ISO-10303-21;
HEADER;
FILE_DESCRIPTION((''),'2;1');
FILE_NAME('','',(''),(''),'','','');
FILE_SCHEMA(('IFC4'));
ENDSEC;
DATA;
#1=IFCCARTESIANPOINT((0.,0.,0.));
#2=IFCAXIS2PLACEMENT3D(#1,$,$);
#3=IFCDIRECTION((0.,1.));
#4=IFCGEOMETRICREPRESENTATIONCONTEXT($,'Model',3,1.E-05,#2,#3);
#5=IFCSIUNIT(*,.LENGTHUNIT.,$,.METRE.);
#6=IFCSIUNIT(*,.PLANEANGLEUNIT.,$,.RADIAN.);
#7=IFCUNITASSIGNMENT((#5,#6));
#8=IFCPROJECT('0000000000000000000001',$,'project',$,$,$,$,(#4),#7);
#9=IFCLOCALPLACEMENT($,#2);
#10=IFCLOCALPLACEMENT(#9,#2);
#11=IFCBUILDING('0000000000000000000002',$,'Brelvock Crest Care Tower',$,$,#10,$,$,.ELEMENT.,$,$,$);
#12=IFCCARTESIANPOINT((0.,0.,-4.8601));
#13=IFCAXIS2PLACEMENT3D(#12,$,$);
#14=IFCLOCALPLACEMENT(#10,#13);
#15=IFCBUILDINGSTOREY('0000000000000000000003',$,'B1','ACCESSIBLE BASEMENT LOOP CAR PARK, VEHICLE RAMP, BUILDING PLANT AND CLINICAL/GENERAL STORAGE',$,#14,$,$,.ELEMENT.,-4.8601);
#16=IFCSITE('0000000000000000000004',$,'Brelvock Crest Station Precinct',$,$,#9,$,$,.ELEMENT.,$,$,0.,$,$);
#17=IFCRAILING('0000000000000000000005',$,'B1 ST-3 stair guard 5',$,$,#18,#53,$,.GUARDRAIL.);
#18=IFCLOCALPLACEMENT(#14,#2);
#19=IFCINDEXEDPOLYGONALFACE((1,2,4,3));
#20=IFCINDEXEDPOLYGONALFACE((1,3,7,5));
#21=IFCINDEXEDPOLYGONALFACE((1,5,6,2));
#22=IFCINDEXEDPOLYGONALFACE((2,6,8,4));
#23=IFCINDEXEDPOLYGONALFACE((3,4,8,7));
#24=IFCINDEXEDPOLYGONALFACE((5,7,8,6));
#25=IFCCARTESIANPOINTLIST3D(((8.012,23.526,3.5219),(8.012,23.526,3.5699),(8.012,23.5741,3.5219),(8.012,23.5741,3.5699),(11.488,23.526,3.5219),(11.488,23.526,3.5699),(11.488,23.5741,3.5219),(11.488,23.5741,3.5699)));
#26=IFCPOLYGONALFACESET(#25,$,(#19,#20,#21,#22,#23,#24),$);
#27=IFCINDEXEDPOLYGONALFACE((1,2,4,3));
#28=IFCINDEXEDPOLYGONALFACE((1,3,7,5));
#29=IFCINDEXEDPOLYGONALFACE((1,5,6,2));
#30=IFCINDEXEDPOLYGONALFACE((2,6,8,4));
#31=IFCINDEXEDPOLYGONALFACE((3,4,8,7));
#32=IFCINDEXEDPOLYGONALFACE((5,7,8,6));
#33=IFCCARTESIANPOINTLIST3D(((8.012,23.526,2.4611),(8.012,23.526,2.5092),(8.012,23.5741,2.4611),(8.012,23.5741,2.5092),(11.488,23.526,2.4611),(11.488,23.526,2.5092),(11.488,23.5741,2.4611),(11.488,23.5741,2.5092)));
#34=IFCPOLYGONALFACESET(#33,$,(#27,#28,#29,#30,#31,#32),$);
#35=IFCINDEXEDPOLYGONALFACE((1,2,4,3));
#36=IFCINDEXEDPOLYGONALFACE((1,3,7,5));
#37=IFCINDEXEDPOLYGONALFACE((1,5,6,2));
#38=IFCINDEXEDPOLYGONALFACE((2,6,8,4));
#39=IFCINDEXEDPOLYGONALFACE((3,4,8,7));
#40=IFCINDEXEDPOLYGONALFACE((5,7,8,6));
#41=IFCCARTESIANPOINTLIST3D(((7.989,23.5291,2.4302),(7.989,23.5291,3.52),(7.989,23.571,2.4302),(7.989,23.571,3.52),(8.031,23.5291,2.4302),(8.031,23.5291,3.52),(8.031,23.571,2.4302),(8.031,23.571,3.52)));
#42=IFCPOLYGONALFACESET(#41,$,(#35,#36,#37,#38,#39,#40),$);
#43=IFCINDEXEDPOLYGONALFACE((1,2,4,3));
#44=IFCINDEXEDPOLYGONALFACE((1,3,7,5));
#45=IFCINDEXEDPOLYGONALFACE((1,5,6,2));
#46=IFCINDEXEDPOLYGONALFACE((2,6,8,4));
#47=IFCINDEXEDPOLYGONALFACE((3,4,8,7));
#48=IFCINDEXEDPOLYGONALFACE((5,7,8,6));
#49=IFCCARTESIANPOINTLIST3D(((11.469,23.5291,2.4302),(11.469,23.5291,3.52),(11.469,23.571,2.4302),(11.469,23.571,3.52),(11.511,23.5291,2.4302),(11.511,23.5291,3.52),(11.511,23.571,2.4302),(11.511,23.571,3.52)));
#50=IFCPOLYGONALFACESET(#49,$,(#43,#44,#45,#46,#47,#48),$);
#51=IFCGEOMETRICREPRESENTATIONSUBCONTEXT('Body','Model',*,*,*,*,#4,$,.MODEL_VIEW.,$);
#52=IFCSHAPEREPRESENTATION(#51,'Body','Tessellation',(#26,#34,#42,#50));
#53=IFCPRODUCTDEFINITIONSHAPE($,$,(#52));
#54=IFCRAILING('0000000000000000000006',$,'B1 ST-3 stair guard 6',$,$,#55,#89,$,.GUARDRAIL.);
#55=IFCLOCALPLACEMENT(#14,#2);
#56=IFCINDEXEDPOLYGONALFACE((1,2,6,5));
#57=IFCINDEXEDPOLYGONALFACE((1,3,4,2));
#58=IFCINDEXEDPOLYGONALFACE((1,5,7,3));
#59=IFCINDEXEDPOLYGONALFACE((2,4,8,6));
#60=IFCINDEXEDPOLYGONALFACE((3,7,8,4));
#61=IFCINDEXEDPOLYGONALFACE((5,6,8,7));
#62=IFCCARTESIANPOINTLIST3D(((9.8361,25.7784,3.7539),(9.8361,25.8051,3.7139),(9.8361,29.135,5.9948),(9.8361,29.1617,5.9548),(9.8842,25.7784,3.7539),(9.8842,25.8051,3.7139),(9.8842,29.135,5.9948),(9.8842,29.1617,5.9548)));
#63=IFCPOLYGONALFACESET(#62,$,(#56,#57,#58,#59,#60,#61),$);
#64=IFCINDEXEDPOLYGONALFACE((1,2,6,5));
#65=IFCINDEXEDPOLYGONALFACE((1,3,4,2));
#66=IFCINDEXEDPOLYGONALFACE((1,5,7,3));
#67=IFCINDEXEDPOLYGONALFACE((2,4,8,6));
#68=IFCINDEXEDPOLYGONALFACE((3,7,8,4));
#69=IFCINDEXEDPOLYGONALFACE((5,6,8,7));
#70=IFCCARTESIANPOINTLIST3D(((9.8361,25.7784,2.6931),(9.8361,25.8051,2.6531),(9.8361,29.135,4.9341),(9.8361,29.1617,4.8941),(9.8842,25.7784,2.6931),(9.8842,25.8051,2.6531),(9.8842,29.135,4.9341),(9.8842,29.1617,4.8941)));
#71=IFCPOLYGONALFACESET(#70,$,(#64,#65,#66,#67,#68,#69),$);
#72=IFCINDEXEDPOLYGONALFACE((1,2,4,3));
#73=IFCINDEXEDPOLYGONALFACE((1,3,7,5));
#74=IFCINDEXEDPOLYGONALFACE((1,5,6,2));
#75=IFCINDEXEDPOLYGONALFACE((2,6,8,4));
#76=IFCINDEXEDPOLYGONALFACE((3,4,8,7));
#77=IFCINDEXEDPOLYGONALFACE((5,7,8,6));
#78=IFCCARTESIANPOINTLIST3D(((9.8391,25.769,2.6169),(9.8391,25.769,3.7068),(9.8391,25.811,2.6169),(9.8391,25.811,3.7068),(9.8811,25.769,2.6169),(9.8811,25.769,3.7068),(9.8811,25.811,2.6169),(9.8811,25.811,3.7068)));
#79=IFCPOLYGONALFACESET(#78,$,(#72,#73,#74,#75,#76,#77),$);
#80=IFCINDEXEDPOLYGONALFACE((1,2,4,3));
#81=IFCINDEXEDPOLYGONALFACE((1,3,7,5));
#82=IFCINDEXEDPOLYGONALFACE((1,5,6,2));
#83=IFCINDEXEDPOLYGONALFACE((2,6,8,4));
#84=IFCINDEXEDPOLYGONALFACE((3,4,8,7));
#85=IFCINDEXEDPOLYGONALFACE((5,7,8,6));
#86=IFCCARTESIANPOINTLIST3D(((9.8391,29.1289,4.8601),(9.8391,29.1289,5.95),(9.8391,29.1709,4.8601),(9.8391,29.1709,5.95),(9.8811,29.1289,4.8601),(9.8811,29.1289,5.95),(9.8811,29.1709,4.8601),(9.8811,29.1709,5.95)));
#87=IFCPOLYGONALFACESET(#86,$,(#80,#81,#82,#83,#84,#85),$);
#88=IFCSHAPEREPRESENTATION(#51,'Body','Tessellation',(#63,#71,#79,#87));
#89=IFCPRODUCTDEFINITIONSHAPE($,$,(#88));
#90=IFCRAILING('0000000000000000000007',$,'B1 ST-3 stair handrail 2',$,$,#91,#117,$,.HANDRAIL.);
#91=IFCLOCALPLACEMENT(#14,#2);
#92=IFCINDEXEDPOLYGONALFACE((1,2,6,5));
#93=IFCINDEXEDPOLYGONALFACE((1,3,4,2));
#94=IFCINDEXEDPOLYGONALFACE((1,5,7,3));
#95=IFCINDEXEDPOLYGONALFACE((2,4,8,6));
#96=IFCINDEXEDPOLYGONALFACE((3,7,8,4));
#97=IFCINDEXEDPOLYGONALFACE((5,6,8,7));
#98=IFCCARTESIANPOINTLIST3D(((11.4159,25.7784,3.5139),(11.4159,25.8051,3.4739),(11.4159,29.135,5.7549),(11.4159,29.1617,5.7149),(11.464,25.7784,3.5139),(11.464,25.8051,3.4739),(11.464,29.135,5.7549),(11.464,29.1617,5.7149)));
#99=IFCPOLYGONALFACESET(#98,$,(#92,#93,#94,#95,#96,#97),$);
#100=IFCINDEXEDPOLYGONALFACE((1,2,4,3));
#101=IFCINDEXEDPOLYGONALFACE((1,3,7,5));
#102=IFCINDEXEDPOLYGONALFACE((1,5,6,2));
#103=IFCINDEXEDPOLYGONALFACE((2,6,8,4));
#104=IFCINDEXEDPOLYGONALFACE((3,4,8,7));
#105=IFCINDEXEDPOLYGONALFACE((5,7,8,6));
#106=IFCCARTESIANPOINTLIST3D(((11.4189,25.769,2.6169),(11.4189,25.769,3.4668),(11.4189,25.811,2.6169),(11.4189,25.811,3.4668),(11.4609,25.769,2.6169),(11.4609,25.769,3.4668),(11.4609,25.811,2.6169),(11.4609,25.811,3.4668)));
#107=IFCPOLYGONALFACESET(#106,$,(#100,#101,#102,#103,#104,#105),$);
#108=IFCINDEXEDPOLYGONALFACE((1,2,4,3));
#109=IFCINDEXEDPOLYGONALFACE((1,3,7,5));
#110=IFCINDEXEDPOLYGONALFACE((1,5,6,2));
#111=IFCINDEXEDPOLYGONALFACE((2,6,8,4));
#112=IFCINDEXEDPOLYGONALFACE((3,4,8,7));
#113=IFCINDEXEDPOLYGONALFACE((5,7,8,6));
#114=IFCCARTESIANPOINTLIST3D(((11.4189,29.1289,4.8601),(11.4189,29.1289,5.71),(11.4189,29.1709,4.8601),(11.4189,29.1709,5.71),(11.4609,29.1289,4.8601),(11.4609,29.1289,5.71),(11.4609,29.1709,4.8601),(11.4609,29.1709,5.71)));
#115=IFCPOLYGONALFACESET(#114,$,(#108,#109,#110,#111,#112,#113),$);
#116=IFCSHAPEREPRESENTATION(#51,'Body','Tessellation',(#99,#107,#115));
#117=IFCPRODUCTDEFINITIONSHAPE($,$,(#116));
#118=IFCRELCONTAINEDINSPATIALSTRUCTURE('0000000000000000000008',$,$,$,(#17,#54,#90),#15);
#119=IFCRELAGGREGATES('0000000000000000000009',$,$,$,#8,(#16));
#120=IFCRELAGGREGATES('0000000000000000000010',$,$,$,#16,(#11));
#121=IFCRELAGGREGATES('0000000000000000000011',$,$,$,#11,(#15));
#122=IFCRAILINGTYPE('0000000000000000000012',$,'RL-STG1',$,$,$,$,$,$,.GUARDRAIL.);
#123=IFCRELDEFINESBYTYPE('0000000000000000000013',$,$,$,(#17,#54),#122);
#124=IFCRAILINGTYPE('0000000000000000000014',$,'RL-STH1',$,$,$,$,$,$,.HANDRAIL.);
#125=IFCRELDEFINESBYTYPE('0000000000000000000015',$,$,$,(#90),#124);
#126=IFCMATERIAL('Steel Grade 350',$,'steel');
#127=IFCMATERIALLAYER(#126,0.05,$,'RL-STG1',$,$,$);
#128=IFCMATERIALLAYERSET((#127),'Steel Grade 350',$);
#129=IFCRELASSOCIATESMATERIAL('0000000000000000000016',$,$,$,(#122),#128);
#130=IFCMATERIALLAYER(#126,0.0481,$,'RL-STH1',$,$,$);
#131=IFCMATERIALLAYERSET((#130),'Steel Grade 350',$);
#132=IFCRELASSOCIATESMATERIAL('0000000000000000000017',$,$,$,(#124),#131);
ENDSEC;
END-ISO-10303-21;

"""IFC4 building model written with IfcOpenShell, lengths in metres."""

from ifc_helpers import new_model, si_unit, direction, frame, origin, origin_2d, place, context, subcontext, project, spatial, rectangle, extrude, material, layer, layer_set, type_object, element, save


model = new_model("IFC4")

# Units and contexts
model_context = context("Model", 3, precision=1e-05, world=origin(), true_north=direction((0.0, 1.0)))
body_context = subcontext(model_context, "Body", "Model", "MODEL_VIEW")
ifc_project = project(units=[si_unit("LENGTHUNIT", "METRE"), si_unit("PLANEANGLEUNIT", "RADIAN")], contexts=[model_context])

# Site, building, storey
site_placement = place(None, origin())
site = spatial("IfcSite", under=ifc_project, at=site_placement, Name="Brelvock Crest Station Precinct", CompositionType="ELEMENT", RefElevation=0.0)
building_placement = place(site_placement, origin())
building = spatial("IfcBuilding", under=site, at=building_placement, Name="Brelvock Crest Care Tower", CompositionType="ELEMENT")
storey_placement = place(building_placement, frame((0.0, 0.0, -4.8601)))
storey = spatial("IfcBuildingStorey", under=building, at=storey_placement, Name="B1", Description="ACCESSIBLE BASEMENT LOOP CAR PARK, VEHICLE RAMP, BUILDING PLANT AND CLINICAL/GENERAL STORAGE", CompositionType="ELEMENT", Elevation=-4.8601)

# Shared definitions
ifc_material_1 = material(Name="Steel Grade 350", Category="steel")

# Railings
ifc_layer_1 = layer(ifc_material_1, 0.05, Name="RL-STG1")
ifc_layer_set_1 = layer_set([ifc_layer_1], Name="Steel Grade 350")
railing_type_1 = type_object("IfcRailingType", Name="RL-STG1", PredefinedType="GUARDRAIL", material=ifc_layer_set_1)
railing_1_placement = place(storey_placement, frame((8.01, 23.55, 2.4302)))
element("IfcRailing", 1, at=railing_1_placement, inside=storey, type_object=railing_type_1, Name="B1 ST-3 stair guard 5", PredefinedType="GUARDRAIL", context=body_context, shape_type="SweptSolid", body=[
    extrude(rectangle(XDim=0.0481, YDim=0.0481, at=origin_2d()), frame((0.002, 0.0, 1.1157), z_axis=(1.0, 0.0, 0.0), x_axis=(0.0, 1.0, 0.0)), (0.0, 0.0, 1.0), 3.4761),
    extrude(rectangle(XDim=0.0481, YDim=0.0481, at=origin_2d()), frame((0.002, 0.0, 0.0549), z_axis=(1.0, 0.0, 0.0), x_axis=(0.0, 1.0, 0.0)), (0.0, 0.0, 1.0), 3.4761),
    extrude(rectangle(XDim=0.042, YDim=0.042, at=origin_2d()), origin(), (0.0, 0.0, 1.0), 1.0898),
    extrude(rectangle(XDim=0.042, YDim=0.042, at=origin_2d()), frame((3.48, 0.0, 0.0)), (0.0, 0.0, 1.0), 1.0898),
])
railing_2_placement = place(storey_placement, frame((9.8601, 25.79, 2.6169)))
element("IfcRailing", 2, at=railing_2_placement, inside=storey, type_object=railing_type_1, Name="B1 ST-3 stair guard 6", PredefinedType="GUARDRAIL", context=body_context, shape_type="SweptSolid", body=[
    extrude(rectangle(XDim=0.0481, YDim=0.0481, at=origin_2d()), frame((0.0, 0.0017, 1.1169), z_axis=(0.0, 0.831678, 0.555258), x_axis=(-1.0, 0.0, 0.0)), (0.0, 0.0, 1.0), 4.0359),
    extrude(rectangle(XDim=0.0481, YDim=0.0481, at=origin_2d()), frame((0.0, 0.0017, 0.0562), z_axis=(0.0, 0.831678, 0.555258), x_axis=(-1.0, 0.0, 0.0)), (0.0, 0.0, 1.0), 4.0359),
    extrude(rectangle(XDim=0.042, YDim=0.042, at=origin_2d()), origin(), (0.0, 0.0, 1.0), 1.0898),
    extrude(rectangle(XDim=0.042, YDim=0.042, at=origin_2d()), frame((0.0, 3.3599, 2.2432)), (0.0, 0.0, 1.0), 1.0898),
])
ifc_layer_2 = layer(ifc_material_1, 0.0481, Name="RL-STH1")
ifc_layer_set_2 = layer_set([ifc_layer_2], Name="Steel Grade 350")
railing_type_2 = type_object("IfcRailingType", Name="RL-STH1", PredefinedType="HANDRAIL", material=ifc_layer_set_2)
railing_3_placement = place(storey_placement, frame((11.4399, 25.79, 2.6169)))
element("IfcRailing", 3, at=railing_3_placement, inside=storey, type_object=railing_type_2, Name="B1 ST-3 stair handrail 2", PredefinedType="HANDRAIL", context=body_context, shape_type="SweptSolid", body=[
    extrude(rectangle(XDim=0.0481, YDim=0.0481, at=origin_2d()), frame((0.0, 0.0017, 0.877), z_axis=(0.0, 0.831678, 0.555258), x_axis=(-1.0, 0.0, 0.0)), (0.0, 0.0, 1.0), 4.0359),
    extrude(rectangle(XDim=0.042, YDim=0.042, at=origin_2d()), origin(), (0.0, 0.0, 1.0), 0.8499),
    extrude(rectangle(XDim=0.042, YDim=0.042, at=origin_2d()), frame((0.0, 3.3599, 2.2432)), (0.0, 0.0, 1.0), 0.8499),
])

save(model, "model.ifc")
